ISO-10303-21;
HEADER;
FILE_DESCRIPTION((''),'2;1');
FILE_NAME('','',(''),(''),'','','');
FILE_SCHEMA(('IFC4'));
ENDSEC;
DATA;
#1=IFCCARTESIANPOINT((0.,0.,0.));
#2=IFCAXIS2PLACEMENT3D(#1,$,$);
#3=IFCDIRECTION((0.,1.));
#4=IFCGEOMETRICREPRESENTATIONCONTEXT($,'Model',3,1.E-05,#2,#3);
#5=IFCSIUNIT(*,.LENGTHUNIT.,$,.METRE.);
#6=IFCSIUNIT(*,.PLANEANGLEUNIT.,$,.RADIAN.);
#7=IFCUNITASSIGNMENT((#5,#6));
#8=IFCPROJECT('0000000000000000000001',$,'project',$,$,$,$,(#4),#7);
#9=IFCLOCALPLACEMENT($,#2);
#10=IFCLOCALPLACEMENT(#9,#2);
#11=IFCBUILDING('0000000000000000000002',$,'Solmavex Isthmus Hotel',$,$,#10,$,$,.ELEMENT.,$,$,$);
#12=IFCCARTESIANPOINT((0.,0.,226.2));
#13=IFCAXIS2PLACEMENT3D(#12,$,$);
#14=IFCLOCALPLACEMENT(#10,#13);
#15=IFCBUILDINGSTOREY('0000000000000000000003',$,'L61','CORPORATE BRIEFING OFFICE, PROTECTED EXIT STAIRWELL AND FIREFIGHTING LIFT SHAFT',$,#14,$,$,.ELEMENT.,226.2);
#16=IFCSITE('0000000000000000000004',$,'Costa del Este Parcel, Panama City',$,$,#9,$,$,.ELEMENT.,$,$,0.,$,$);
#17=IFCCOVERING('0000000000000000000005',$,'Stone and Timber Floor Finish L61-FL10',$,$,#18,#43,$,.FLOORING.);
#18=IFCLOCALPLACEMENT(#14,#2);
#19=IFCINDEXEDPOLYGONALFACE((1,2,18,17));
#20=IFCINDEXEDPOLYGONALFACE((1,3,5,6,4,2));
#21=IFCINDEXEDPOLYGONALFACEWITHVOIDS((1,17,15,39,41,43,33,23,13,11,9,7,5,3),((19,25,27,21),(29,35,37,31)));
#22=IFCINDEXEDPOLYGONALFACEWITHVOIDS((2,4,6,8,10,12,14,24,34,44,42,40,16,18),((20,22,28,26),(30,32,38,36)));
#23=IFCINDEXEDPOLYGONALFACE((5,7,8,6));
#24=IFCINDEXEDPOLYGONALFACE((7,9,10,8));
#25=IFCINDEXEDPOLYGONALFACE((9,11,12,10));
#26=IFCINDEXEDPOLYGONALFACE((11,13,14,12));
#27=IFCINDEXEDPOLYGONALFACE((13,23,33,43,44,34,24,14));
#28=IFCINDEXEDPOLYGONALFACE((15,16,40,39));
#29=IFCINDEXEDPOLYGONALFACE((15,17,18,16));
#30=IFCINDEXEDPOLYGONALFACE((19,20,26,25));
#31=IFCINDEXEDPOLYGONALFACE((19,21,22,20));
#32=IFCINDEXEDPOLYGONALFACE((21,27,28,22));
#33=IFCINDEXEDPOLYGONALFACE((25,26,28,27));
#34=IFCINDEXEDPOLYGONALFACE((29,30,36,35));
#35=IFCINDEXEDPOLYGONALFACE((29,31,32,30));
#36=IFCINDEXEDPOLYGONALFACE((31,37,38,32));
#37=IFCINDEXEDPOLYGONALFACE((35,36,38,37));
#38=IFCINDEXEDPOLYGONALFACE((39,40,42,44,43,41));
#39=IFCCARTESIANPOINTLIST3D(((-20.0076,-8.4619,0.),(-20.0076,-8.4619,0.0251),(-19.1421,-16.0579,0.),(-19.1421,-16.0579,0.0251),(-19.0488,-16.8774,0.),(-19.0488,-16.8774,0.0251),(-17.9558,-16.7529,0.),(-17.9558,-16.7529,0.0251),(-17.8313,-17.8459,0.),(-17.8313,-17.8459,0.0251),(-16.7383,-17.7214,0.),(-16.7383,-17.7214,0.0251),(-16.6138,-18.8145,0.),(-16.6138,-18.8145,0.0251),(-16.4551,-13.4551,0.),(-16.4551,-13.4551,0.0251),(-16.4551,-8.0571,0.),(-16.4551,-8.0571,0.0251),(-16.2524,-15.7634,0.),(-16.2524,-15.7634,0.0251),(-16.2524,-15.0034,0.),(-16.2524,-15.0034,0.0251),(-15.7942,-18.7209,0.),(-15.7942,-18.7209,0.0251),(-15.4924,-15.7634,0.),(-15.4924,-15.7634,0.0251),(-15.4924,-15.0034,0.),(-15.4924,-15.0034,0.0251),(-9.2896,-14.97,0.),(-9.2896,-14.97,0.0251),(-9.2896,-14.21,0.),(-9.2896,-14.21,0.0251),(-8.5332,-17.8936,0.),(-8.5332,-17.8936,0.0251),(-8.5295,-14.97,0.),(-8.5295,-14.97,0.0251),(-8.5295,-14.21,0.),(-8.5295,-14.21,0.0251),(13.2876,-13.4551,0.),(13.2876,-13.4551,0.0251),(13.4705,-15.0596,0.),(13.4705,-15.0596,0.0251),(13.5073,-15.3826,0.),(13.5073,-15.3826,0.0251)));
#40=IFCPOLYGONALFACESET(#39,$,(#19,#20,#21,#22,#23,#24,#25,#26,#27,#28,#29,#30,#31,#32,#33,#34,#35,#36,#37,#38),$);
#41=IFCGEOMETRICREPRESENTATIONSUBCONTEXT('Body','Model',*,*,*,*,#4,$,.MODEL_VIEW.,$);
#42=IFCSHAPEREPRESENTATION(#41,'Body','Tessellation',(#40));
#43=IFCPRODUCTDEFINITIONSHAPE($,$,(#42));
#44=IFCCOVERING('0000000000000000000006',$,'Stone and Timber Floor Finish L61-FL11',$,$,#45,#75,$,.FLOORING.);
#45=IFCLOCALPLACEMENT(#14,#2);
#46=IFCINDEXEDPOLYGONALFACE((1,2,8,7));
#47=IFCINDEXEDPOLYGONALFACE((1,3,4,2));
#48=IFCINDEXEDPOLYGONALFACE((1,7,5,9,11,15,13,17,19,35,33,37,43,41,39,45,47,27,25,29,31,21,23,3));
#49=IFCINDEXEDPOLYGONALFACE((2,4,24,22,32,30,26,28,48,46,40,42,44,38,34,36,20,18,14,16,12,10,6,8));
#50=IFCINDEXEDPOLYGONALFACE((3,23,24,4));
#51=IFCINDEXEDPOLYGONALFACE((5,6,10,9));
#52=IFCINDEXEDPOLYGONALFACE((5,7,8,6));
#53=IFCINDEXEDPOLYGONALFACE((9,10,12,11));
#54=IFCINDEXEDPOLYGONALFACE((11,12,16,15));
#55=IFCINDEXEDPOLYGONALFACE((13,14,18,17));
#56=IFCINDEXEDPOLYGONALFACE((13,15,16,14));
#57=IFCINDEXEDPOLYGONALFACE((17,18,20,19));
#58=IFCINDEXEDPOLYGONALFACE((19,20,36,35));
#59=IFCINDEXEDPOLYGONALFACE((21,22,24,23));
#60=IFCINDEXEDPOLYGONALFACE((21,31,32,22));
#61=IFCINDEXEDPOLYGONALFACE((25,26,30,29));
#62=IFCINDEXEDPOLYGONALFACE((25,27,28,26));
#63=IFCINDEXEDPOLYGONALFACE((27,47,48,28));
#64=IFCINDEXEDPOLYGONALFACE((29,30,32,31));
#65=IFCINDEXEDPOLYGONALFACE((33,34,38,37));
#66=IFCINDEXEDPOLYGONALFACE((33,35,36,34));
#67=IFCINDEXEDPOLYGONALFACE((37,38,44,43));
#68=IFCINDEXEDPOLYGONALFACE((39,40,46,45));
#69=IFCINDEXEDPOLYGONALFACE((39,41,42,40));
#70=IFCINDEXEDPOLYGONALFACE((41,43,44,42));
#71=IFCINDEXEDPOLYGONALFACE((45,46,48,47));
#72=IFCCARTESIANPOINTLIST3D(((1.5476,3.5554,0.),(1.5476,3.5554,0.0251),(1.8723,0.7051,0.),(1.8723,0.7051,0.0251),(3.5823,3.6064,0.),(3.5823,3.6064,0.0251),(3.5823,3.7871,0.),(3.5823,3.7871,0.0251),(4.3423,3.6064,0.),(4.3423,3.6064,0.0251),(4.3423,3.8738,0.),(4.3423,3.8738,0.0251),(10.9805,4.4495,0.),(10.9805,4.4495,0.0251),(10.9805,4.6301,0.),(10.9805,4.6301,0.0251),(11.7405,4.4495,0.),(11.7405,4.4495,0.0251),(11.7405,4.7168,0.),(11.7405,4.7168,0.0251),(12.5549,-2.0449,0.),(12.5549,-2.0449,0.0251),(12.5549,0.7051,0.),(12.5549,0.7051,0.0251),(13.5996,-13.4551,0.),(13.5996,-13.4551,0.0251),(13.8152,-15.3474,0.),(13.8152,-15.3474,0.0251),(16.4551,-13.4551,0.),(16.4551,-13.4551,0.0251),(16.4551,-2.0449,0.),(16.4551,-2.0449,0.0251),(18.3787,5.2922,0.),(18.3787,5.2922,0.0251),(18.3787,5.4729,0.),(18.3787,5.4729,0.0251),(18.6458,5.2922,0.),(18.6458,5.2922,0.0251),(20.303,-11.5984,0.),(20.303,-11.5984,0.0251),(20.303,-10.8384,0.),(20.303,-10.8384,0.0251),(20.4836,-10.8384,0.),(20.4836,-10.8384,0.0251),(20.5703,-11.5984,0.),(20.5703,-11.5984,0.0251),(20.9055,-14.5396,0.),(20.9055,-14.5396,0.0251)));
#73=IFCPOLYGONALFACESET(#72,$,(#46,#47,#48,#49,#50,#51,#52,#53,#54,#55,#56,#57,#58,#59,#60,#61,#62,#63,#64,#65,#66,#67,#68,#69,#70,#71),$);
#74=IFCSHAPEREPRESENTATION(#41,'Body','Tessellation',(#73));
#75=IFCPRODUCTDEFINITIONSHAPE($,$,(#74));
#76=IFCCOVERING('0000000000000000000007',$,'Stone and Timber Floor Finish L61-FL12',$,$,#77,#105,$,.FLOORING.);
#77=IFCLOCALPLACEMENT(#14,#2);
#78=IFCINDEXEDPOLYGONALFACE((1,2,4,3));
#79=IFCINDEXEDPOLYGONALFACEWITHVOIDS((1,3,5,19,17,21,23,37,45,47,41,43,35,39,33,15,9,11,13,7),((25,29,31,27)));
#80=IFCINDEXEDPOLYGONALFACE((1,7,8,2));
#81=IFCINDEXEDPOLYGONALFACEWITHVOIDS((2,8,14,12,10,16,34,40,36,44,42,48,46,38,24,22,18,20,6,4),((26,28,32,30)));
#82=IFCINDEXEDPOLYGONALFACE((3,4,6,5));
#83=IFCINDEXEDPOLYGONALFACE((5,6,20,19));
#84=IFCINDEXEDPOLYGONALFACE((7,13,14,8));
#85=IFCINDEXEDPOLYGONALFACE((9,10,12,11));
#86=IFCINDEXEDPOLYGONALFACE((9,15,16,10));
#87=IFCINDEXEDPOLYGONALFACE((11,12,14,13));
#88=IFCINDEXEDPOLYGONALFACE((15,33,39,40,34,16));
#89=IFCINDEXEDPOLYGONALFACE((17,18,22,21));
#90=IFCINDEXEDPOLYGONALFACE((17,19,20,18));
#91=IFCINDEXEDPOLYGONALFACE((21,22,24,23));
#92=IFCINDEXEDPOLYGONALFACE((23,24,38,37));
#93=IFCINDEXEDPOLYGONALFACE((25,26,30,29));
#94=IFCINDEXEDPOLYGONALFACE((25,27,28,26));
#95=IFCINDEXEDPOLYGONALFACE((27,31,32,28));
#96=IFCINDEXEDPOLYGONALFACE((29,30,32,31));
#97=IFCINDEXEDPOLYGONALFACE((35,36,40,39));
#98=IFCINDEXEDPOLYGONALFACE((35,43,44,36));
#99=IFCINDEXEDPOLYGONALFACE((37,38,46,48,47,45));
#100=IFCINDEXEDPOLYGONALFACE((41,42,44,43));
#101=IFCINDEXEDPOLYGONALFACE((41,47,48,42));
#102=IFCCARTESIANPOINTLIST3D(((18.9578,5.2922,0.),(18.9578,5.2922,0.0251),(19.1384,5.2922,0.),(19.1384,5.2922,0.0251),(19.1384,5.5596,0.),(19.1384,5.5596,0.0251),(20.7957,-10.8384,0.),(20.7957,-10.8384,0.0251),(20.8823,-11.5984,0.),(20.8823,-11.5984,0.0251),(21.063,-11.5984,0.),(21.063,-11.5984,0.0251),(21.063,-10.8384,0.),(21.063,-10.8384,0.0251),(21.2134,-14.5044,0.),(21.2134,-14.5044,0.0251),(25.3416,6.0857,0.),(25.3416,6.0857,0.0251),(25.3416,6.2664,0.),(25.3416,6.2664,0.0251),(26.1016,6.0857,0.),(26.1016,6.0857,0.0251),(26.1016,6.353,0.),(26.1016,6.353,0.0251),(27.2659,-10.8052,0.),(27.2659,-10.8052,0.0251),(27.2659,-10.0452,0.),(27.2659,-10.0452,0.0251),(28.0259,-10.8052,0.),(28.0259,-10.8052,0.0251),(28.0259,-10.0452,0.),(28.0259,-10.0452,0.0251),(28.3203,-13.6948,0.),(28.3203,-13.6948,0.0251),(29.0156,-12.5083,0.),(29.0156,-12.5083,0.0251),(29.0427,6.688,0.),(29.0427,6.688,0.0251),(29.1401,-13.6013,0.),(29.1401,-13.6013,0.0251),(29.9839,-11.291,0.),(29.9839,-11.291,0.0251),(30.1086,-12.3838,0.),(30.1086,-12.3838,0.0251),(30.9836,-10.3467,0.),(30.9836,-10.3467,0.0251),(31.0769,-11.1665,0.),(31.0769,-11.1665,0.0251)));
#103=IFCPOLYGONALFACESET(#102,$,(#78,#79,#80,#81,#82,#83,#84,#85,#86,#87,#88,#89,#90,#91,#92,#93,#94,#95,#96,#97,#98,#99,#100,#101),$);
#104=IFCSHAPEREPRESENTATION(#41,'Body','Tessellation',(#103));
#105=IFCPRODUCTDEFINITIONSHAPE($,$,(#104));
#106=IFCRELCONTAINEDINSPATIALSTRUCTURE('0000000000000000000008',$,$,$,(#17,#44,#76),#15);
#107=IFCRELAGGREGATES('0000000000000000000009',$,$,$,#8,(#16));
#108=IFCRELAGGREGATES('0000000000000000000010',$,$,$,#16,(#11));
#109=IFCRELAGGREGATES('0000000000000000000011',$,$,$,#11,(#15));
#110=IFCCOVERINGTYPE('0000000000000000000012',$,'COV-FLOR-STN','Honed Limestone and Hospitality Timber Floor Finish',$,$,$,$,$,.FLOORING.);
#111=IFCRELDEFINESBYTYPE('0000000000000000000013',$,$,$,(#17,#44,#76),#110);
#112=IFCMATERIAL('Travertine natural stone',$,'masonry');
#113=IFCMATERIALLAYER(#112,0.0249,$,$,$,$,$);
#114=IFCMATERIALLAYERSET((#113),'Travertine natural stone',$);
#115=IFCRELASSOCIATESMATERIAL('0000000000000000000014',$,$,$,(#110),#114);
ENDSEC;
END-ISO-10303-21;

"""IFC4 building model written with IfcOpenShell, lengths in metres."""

from ifc_helpers import new_model, si_unit, direction, frame, origin, place, context, subcontext, project, spatial, polyline, outline, extrude, material, layer, layer_set, type_object, element, save


model = new_model("IFC4")

# Units and contexts
model_context = context("Model", 3, precision=1e-05, world=origin(), true_north=direction((0.0, 1.0)))
body_context = subcontext(model_context, "Body", "Model", "MODEL_VIEW")
ifc_project = project(units=[si_unit("LENGTHUNIT", "METRE"), si_unit("PLANEANGLEUNIT", "RADIAN")], contexts=[model_context])

# Site, building, storey
site_placement = place(None, origin())
site = spatial("IfcSite", under=ifc_project, at=site_placement, Name="Costa del Este Parcel, Panama City", CompositionType="ELEMENT", RefElevation=0.0)
building_placement = place(site_placement, origin())
building = spatial("IfcBuilding", under=site, at=building_placement, Name="Solmavex Isthmus Hotel", CompositionType="ELEMENT")
storey_placement = place(building_placement, frame((0.0, 0.0, 226.2)))
storey = spatial("IfcBuildingStorey", under=building, at=storey_placement, Name="L61", Description="CORPORATE BRIEFING OFFICE, PROTECTED EXIT STAIRWELL AND FIREFIGHTING LIFT SHAFT", CompositionType="ELEMENT", Elevation=226.2)

# Coverings
ifc_material_1 = material(Name="Travertine natural stone", Category="masonry")
ifc_layer_1 = layer(ifc_material_1, 0.0249)
ifc_layer_set_1 = layer_set([ifc_layer_1], Name="Travertine natural stone")
covering_type_1 = type_object("IfcCoveringType", Name="COV-FLOR-STN", Description="Honed Limestone and Hospitality Timber Floor Finish", PredefinedType="FLOORING", material=ifc_layer_set_1)
covering_1_placement = place(storey_placement, origin())
element("IfcCovering", 1, at=covering_1_placement, inside=storey, type_object=covering_type_1, Name="Stone and Timber Floor Finish L61-FL10", PredefinedType="FLOORING", context=body_context, shape_type="SweptSolid", body=[
    extrude(outline(polyline([(-8.5332, -17.8936), (13.5073, -15.3826), (13.4705, -15.0596), (13.2876, -13.4551), (-16.4551, -13.4551), (-16.4551, -8.0571), (-20.0076, -8.4619), (-19.1421, -16.0579), (-19.0488, -16.8774), (-17.9558, -16.7529), (-17.8313, -17.8459), (-16.7383, -17.7214), (-16.6138, -18.8145), (-15.7942, -18.7209), (-8.5332, -17.8936)]), holes=[polyline([(-9.2896, -14.97), (-9.2896, -14.21), (-8.5295, -14.21), (-8.5295, -14.97), (-9.2896, -14.97)]), polyline([(-16.2524, -15.7634), (-16.2524, -15.0034), (-15.4924, -15.0034), (-15.4924, -15.7634), (-16.2524, -15.7634)])]), origin(), (0.0, 0.0, 1.0), 0.0251),
])
covering_2_placement = place(storey_placement, origin())
element("IfcCovering", 2, at=covering_2_placement, inside=storey, type_object=covering_type_1, Name="Stone and Timber Floor Finish L61-FL11", PredefinedType="FLOORING", context=body_context, shape_type="SweptSolid", body=[
    extrude(outline(polyline([(4.3423, 3.8738), (4.3423, 3.6064), (3.5823, 3.6064), (3.5823, 3.7871), (1.5476, 3.5554), (1.8723, 0.7051), (12.5549, 0.7051), (12.5549, -2.0449), (16.4551, -2.0449), (16.4551, -13.4551), (13.5996, -13.4551), (13.8152, -15.3474), (20.9055, -14.5396), (20.5703, -11.5984), (20.303, -11.5984), (20.303, -10.8384), (20.4836, -10.8384), (18.6458, 5.2922), (18.3787, 5.2922), (18.3787, 5.4729), (11.7405, 4.7168), (11.7405, 4.4495), (10.9805, 4.4495), (10.9805, 4.6301), (4.3423, 3.8738)])), origin(), (0.0, 0.0, 1.0), 0.0251),
])
covering_3_placement = place(storey_placement, origin())
element("IfcCovering", 3, at=covering_3_placement, inside=storey, type_object=covering_type_1, Name="Stone and Timber Floor Finish L61-FL12", PredefinedType="FLOORING", context=body_context, shape_type="SweptSolid", body=[
    extrude(outline(polyline([(20.7957, -10.8384), (21.063, -10.8384), (21.063, -11.5984), (20.8823, -11.5984), (21.2134, -14.5044), (28.3203, -13.6948), (29.1401, -13.6013), (29.0156, -12.5083), (30.1086, -12.3838), (29.9839, -11.291), (31.0769, -11.1665), (30.9836, -10.3467), (29.0427, 6.688), (26.1016, 6.353), (26.1016, 6.0857), (25.3416, 6.0857), (25.3416, 6.2664), (19.1384, 5.5596), (19.1384, 5.2922), (18.9578, 5.2922), (20.7957, -10.8384)]), holes=[polyline([(27.2659, -10.8052), (27.2659, -10.0452), (28.0259, -10.0452), (28.0259, -10.8052), (27.2659, -10.8052)])]), origin(), (0.0, 0.0, 1.0), 0.0251),
])

save(model, "model.ifc")
